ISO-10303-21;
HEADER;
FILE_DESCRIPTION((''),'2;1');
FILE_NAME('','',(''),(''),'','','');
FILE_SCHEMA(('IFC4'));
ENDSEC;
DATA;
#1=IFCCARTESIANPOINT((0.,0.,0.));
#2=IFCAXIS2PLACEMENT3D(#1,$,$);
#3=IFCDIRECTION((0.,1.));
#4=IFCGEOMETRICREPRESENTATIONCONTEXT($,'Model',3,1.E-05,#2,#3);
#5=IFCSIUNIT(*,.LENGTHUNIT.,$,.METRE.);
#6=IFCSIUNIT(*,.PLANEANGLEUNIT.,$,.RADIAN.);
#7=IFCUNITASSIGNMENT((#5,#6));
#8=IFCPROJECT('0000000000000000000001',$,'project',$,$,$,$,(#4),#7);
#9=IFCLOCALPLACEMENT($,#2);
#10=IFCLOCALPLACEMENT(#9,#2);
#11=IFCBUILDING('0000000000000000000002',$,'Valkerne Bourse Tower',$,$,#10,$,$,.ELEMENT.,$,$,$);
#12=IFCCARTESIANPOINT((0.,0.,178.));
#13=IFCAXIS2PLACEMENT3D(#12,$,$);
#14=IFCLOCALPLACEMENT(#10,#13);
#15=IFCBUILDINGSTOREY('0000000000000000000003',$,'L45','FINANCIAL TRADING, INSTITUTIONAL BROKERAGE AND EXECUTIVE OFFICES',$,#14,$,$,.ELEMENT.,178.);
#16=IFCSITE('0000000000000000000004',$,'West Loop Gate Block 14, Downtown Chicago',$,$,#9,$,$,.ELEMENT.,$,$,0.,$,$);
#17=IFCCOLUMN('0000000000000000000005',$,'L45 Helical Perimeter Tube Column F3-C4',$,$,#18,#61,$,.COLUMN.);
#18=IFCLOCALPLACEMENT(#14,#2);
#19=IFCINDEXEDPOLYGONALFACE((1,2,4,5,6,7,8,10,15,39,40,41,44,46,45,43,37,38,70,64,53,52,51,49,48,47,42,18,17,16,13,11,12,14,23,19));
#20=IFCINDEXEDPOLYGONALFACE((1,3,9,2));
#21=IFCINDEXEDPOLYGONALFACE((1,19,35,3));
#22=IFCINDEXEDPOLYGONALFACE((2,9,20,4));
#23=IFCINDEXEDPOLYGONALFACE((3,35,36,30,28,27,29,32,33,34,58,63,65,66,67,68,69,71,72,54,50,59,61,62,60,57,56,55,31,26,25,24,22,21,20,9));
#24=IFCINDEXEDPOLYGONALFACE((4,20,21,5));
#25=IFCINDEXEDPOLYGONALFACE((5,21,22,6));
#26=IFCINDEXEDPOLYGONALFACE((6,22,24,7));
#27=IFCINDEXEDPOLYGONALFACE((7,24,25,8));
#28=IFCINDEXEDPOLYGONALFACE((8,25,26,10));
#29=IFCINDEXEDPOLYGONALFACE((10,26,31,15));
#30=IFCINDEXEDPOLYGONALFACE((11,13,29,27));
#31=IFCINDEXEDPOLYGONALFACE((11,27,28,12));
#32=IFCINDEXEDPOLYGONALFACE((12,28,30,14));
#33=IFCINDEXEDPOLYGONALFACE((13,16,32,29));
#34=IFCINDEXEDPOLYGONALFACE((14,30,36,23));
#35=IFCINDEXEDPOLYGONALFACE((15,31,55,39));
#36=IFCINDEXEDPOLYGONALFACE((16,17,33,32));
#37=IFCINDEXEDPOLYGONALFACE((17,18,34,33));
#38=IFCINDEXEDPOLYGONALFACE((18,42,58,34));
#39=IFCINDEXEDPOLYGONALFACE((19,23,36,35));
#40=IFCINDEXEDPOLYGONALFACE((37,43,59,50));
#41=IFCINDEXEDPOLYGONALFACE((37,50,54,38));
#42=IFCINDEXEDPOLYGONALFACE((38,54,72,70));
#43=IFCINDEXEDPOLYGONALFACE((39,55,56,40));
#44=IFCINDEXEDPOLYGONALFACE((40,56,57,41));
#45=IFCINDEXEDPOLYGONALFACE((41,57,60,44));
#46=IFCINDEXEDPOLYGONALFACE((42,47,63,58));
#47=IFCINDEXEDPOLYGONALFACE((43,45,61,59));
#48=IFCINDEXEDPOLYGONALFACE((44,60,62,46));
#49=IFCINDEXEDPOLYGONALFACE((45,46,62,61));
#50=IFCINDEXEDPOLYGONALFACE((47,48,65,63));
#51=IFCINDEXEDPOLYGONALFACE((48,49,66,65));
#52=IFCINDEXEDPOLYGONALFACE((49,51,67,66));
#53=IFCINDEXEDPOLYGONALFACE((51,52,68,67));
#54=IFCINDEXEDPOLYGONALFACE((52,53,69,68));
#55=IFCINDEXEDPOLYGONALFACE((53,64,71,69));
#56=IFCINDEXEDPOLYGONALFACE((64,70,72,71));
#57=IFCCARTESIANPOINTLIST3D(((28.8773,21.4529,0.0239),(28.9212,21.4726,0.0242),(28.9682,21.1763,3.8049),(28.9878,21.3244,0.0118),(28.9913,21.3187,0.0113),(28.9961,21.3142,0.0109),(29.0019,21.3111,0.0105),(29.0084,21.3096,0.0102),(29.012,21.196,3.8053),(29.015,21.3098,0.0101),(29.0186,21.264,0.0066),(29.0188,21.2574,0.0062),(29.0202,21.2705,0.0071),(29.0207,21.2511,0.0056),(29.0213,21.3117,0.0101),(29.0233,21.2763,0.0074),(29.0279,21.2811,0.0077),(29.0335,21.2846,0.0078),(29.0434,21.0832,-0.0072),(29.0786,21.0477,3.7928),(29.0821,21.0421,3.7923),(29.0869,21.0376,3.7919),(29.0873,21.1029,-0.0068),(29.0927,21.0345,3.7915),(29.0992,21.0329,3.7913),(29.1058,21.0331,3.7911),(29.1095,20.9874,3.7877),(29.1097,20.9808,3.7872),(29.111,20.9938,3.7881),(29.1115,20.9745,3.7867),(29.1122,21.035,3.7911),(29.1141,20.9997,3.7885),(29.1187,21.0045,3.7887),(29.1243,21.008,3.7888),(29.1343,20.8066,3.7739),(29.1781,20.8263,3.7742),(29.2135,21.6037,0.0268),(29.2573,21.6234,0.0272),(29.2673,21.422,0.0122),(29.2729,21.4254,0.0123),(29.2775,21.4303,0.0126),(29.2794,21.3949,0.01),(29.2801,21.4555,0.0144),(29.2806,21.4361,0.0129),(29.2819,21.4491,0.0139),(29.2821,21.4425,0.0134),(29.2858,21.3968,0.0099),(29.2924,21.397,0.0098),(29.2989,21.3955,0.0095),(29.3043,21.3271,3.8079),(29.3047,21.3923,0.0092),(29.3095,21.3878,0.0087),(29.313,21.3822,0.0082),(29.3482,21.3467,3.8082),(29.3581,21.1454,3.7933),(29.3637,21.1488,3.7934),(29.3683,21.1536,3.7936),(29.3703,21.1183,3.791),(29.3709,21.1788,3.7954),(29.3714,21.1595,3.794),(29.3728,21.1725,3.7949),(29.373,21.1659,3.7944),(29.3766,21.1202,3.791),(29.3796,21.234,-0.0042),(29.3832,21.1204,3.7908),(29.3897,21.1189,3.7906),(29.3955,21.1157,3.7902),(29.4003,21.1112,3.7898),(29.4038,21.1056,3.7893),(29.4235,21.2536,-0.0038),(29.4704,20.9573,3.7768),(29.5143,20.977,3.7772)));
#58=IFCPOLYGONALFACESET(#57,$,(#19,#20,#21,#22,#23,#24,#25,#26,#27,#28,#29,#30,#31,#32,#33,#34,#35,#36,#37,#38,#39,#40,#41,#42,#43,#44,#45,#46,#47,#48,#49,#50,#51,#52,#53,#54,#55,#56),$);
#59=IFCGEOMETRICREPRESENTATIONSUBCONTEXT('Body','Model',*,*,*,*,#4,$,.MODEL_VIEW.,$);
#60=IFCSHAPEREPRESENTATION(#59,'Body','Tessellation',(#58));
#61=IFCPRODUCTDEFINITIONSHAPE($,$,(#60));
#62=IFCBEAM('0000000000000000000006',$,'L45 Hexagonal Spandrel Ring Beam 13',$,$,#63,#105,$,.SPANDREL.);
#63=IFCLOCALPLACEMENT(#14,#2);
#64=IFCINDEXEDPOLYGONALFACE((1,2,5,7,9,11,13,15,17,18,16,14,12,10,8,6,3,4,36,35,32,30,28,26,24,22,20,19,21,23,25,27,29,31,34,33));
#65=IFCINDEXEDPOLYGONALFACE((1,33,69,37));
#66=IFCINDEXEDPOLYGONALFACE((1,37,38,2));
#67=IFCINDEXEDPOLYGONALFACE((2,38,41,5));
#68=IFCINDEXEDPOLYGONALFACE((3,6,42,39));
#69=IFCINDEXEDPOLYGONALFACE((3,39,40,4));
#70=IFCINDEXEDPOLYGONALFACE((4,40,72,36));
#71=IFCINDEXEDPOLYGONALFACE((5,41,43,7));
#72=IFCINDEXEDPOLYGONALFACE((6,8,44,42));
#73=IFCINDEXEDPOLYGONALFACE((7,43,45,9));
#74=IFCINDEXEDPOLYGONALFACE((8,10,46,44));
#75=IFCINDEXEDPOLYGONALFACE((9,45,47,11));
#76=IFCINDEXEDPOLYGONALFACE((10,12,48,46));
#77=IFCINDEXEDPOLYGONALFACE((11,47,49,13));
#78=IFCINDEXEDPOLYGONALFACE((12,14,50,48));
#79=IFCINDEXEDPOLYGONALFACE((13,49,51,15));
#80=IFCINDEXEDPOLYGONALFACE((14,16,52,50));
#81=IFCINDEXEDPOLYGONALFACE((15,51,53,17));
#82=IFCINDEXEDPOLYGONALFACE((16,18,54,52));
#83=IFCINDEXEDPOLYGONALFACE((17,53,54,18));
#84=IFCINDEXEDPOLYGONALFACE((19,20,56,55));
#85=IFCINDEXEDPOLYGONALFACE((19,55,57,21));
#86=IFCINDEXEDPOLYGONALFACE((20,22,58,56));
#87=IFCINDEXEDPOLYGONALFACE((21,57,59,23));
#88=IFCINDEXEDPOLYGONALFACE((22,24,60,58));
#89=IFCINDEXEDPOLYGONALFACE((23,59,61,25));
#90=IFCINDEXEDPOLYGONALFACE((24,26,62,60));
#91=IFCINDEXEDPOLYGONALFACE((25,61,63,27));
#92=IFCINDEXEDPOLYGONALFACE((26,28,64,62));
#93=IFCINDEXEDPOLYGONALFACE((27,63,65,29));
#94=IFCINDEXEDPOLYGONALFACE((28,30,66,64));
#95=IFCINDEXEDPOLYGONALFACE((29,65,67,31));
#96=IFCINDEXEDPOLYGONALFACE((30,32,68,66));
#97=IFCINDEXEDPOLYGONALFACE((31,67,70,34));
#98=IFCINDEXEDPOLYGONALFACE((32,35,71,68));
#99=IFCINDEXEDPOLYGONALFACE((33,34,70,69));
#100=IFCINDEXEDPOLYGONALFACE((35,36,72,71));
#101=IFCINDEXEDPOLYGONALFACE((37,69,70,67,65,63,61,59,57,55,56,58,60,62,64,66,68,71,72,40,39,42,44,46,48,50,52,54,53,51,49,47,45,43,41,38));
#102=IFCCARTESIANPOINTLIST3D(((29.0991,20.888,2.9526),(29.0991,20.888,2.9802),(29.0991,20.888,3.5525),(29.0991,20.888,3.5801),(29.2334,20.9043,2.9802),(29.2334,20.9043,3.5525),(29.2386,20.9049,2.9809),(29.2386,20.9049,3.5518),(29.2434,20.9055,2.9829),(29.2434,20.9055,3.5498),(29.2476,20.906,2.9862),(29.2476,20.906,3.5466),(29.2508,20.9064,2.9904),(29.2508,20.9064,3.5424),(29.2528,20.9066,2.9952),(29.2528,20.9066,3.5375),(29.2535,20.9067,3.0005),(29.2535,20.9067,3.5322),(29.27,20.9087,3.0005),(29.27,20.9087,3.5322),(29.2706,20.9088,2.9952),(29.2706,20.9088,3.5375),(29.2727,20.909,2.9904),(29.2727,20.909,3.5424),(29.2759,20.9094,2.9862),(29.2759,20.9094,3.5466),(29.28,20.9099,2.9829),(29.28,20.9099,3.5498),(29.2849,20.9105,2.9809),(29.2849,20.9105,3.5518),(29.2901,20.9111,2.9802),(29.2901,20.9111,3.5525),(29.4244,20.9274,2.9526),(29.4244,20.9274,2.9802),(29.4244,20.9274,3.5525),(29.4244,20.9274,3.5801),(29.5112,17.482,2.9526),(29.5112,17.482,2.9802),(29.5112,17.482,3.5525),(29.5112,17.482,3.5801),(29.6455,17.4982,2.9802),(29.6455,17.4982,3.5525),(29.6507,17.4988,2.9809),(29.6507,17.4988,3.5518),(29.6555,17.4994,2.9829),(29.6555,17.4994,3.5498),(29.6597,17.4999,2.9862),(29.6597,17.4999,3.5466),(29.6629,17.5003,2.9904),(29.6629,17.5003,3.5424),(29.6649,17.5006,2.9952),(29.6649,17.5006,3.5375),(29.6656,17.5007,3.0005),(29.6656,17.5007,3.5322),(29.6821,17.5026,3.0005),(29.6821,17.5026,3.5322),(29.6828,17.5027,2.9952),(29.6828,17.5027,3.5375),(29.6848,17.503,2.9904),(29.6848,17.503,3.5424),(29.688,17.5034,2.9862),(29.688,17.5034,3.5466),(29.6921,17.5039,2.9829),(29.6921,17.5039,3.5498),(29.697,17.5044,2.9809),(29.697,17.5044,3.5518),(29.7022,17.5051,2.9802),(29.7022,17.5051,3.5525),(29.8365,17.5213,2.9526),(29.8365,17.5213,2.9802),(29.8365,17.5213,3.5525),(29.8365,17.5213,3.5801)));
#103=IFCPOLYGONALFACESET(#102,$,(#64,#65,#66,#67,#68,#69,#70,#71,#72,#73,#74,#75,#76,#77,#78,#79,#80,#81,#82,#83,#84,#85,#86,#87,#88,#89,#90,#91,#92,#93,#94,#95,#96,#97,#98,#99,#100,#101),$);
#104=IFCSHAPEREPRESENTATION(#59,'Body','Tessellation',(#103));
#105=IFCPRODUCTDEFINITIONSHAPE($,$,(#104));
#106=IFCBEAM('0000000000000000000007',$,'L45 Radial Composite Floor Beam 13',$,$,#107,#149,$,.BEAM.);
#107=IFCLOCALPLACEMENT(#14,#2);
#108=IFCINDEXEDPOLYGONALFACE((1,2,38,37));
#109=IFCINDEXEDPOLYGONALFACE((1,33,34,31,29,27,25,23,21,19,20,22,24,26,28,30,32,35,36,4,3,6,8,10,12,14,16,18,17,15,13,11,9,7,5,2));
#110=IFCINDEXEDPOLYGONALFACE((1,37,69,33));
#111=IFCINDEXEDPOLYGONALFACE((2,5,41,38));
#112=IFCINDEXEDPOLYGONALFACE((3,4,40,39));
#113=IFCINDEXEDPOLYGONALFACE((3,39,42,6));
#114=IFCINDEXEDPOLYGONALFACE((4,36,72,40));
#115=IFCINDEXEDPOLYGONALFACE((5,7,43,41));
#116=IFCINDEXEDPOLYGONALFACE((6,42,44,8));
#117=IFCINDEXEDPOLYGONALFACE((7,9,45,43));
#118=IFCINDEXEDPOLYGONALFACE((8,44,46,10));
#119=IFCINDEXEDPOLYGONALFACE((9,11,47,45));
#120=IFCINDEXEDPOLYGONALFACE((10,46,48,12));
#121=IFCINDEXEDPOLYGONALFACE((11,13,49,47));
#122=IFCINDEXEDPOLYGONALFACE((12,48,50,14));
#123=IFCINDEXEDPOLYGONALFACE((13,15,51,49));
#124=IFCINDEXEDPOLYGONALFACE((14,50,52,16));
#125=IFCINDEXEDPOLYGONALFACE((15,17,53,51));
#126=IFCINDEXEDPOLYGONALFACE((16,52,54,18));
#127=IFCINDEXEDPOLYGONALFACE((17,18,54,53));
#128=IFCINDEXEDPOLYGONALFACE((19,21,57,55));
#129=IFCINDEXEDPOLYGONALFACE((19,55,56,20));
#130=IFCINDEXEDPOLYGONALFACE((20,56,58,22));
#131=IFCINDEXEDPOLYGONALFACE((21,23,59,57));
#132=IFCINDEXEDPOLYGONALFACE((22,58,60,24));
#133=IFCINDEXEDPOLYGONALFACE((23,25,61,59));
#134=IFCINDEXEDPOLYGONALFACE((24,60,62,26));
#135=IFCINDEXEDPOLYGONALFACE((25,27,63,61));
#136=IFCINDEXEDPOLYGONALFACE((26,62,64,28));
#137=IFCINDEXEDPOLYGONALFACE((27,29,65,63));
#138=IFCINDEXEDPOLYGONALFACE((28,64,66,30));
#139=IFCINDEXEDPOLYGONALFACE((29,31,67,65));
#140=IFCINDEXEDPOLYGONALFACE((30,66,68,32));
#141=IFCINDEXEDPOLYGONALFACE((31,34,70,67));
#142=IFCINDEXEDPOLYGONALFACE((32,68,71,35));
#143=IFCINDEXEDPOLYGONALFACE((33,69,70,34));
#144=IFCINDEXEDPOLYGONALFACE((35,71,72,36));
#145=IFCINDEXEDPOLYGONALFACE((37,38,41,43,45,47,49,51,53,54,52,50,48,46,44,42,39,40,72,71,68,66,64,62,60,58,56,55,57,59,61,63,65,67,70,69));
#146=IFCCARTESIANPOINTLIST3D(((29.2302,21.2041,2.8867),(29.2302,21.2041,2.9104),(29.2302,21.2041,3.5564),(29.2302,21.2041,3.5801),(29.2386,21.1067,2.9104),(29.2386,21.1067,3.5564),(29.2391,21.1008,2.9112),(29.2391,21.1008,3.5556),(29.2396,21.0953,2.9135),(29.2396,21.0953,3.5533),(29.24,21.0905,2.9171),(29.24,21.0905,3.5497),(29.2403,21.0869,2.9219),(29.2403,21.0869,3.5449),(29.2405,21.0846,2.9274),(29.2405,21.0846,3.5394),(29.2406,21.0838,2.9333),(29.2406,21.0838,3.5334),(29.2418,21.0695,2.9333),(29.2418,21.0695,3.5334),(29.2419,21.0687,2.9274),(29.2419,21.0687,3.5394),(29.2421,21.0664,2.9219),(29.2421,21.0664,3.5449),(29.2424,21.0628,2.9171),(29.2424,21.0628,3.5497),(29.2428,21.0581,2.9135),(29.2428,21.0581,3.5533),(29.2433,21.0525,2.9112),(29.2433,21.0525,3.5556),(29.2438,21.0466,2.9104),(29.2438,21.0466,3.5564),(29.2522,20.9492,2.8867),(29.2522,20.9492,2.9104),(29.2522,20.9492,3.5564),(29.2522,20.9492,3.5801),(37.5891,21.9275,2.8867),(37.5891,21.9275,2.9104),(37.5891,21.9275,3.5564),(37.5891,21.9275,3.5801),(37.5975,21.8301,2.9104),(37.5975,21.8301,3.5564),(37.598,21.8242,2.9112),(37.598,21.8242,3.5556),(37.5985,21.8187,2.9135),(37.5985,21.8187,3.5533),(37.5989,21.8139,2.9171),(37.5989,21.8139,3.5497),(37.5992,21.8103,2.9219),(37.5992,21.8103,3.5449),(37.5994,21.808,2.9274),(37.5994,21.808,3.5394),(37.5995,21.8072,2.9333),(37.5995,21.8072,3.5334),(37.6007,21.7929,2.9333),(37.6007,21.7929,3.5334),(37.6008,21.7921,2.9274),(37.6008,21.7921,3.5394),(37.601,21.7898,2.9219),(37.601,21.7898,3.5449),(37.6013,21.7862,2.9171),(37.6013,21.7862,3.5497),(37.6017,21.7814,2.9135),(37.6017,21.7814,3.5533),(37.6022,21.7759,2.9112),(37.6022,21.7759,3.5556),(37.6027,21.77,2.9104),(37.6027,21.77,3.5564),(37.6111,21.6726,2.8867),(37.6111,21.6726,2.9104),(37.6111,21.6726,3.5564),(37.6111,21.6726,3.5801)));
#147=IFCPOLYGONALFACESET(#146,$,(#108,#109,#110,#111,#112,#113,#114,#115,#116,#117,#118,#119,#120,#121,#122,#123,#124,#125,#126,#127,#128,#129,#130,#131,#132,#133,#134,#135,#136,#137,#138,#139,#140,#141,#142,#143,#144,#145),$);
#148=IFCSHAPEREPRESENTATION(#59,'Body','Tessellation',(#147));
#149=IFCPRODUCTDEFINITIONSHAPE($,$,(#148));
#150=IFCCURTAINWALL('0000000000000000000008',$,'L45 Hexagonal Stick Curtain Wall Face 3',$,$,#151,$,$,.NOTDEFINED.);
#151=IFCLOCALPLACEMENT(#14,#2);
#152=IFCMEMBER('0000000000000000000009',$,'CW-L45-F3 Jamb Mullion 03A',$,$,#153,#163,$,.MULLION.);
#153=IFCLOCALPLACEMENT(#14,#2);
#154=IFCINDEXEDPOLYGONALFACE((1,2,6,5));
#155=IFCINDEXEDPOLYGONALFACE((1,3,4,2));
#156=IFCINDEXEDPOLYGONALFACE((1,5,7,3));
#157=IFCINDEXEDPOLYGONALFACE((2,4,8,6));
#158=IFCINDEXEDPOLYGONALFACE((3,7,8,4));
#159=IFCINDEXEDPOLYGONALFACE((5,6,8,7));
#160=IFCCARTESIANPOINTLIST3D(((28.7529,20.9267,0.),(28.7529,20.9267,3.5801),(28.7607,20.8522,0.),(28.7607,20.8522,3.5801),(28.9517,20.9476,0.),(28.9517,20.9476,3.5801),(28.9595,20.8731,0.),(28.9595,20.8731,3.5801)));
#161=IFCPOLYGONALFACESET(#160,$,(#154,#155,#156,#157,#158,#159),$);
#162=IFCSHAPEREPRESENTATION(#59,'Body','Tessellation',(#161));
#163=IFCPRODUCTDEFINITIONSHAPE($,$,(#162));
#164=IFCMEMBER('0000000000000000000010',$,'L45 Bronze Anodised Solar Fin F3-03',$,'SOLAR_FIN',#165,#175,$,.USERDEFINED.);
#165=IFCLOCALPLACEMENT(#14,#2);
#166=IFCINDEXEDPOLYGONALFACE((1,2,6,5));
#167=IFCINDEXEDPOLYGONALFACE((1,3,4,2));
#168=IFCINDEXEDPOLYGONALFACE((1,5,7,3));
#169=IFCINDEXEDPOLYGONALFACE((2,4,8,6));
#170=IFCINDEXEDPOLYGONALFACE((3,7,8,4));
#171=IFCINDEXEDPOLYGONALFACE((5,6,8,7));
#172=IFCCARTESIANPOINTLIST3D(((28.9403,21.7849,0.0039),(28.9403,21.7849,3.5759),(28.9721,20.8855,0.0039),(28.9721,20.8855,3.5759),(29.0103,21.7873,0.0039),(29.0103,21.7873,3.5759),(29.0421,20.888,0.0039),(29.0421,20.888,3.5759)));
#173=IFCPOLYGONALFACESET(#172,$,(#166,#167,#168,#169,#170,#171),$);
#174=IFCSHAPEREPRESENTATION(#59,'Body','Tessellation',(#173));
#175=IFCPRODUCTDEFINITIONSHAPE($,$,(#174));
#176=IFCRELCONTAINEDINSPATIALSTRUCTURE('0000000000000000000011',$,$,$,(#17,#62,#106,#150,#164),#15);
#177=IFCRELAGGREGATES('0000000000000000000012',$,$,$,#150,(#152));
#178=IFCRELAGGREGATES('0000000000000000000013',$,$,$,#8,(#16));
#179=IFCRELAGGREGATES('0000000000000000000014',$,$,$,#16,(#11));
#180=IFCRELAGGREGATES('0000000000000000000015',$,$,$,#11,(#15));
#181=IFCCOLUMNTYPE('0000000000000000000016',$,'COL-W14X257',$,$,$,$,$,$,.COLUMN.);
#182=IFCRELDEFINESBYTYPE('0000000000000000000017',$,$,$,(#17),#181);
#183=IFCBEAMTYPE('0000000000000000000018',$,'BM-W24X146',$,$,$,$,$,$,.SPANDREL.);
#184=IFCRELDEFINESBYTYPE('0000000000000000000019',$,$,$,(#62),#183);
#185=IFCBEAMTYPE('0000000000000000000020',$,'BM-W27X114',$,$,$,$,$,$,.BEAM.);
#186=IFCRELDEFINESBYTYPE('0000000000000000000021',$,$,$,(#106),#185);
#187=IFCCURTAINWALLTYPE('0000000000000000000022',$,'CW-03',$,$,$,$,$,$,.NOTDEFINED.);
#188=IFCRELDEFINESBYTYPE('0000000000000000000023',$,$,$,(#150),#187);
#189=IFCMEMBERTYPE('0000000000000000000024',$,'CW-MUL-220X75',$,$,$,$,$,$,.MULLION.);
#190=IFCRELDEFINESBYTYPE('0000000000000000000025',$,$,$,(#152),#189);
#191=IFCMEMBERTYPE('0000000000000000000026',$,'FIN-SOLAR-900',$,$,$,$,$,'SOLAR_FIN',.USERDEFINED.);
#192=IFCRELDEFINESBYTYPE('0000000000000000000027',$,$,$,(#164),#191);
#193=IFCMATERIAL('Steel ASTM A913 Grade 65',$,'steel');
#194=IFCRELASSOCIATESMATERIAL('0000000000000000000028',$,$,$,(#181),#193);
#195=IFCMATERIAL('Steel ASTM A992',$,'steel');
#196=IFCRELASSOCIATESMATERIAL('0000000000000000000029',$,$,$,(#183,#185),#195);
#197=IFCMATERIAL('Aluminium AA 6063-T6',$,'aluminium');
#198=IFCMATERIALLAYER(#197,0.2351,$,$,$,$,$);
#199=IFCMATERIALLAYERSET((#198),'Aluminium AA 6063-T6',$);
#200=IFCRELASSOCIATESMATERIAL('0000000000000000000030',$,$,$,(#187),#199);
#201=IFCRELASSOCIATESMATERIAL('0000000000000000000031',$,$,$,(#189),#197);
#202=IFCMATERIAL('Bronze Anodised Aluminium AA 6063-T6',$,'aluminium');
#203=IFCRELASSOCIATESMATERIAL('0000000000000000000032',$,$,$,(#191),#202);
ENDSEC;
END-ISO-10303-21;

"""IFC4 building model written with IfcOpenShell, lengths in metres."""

from ifc_helpers import new_model, si_unit, direction, frame, origin, origin_2d, place, context, subcontext, project, spatial, rectangle, i_section, extrude, material, layer, layer_set, material_profile, profile_set, type_object, element, aggregate, save


model = new_model("IFC4")

# Units and contexts
model_context = context("Model", 3, precision=1e-05, world=origin(), true_north=direction((0.0, 1.0)))
body_context = subcontext(model_context, "Body", "Model", "MODEL_VIEW")
ifc_project = project(units=[si_unit("LENGTHUNIT", "METRE"), si_unit("PLANEANGLEUNIT", "RADIAN")], contexts=[model_context])

# Site, building, storey
site_placement = place(None, origin())
site = spatial("IfcSite", under=ifc_project, at=site_placement, Name="West Loop Gate Block 14, Downtown Chicago", CompositionType="ELEMENT", RefElevation=0.0)
building_placement = place(site_placement, origin())
building = spatial("IfcBuilding", under=site, at=building_placement, Name="Valkerne Bourse Tower", CompositionType="ELEMENT")
storey_placement = place(building_placement, frame((0.0, 0.0, 178.0)))
storey = spatial("IfcBuildingStorey", under=building, at=storey_placement, Name="L45", Description="FINANCIAL TRADING, INSTITUTIONAL BROKERAGE AND EXECUTIVE OFFICES", CompositionType="ELEMENT", Elevation=178.0)

# Column
ifc_material_1 = material(Name="Steel ASTM A913 Grade 65", Category="steel")
ifc_material_profile_1 = material_profile(ifc_material_1, i_section(OverallWidth=0.4065, OverallDepth=0.4165, WebThickness=0.0298, FlangeThickness=0.0481, FilletRadius=0.0254, at=origin_2d()), Name="W14X257")
ifc_profile_set_1 = profile_set([ifc_material_profile_1], Name="Steel ASTM A913 Grade 65")
column_type = type_object("IfcColumnType", Name="COL-W14X257", PredefinedType="COLUMN", material=ifc_profile_set_1)
column_placement = place(storey_placement, frame((29.1504, 21.3533, 0.01), z_axis=(0.023949, -0.072942, 0.997049), x_axis=(0.408636, -0.909498, -0.076353)))
element("IfcColumn", 1, at=column_placement, inside=storey, type_object=column_type, Name="L45 Helical Perimeter Tube Column F3-C4", PredefinedType="COLUMN", context=body_context, shape_type="SweptSolid", body=[
    extrude(i_section(OverallWidth=0.4065, OverallDepth=0.4165, WebThickness=0.0298, FlangeThickness=0.0481, FilletRadius=0.0254, at=origin_2d()), origin(), (0.0, 0.0, 1.0), 3.7922),
])

# Beams
ifc_material_2 = material(Name="Steel ASTM A992", Category="steel")
ifc_material_profile_2 = material_profile(ifc_material_2, i_section(OverallWidth=0.3276, OverallDepth=0.6274, WebThickness=0.0166, FlangeThickness=0.0276, FilletRadius=0.0203, at=origin_2d()), Name="W24X146")
ifc_profile_set_2 = profile_set([ifc_material_profile_2], Name="Steel ASTM A992")
beam_type_1 = type_object("IfcBeamType", Name="BM-W24X146", PredefinedType="SPANDREL", material=ifc_profile_set_2)
beam_1_placement = place(storey_placement, frame((29.2617, 20.9077, 3.2664), z_axis=(0.120119, -0.99276, 0.0), x_axis=(0.99276, 0.120119, 0.0)))
element("IfcBeam", 2, at=beam_1_placement, inside=storey, type_object=beam_type_1, Name="L45 Hexagonal Spandrel Ring Beam 13", PredefinedType="SPANDREL", context=body_context, shape_type="SweptSolid", body=[
    extrude(i_section(OverallWidth=0.3276, OverallDepth=0.6274, WebThickness=0.0166, FlangeThickness=0.0276, FilletRadius=0.0203, at=origin_2d()), origin(), (0.0, 0.0, 1.0), 3.4309),
])
ifc_material_profile_3 = material_profile(ifc_material_2, i_section(OverallWidth=0.2559, OverallDepth=0.6934, WebThickness=0.0144, FlangeThickness=0.0237, FilletRadius=0.0229, at=origin_2d()), Name="W27X114")
ifc_profile_set_3 = profile_set([ifc_material_profile_3], Name="Steel ASTM A992")
beam_type_2 = type_object("IfcBeamType", Name="BM-W27X114", PredefinedType="BEAM", material=ifc_profile_set_3)
beam_2_placement = place(storey_placement, frame((29.2412, 21.0767, 3.2334), z_axis=(0.996276, 0.086219, 0.0), x_axis=(-0.086219, 0.996276, 0.0)))
element("IfcBeam", 3, at=beam_2_placement, inside=storey, type_object=beam_type_2, Name="L45 Radial Composite Floor Beam 13", PredefinedType="BEAM", context=body_context, shape_type="SweptSolid", body=[
    extrude(i_section(OverallWidth=0.2559, OverallDepth=0.6934, WebThickness=0.0144, FlangeThickness=0.0237, FilletRadius=0.0229, at=origin_2d()), origin(), (0.0, 0.0, 1.0), 8.3901),
])

# Curtain wall, member
ifc_material_3 = material(Name="Aluminium AA 6063-T6", Category="aluminium")
ifc_layer_1 = layer(ifc_material_3, 0.2351)
ifc_layer_set_1 = layer_set([ifc_layer_1], Name="Aluminium AA 6063-T6")
curtain_wall_type = type_object("IfcCurtainWallType", Name="CW-03", PredefinedType="NOTDEFINED", material=ifc_layer_set_1)
curtain_wall_placement = place(storey_placement, origin())
curtain_wall = element("IfcCurtainWall", 4, at=curtain_wall_placement, inside=storey, type_object=curtain_wall_type, Name="L45 Hexagonal Stick Curtain Wall Face 3", PredefinedType="NOTDEFINED")
ifc_material_profile_4 = material_profile(ifc_material_3, rectangle(XDim=0.075, YDim=0.2, at=origin_2d()), Name="CWM-75X200")
ifc_profile_set_4 = profile_set([ifc_material_profile_4], Name="Aluminium AA 6063-T6")
member_type_1 = type_object("IfcMemberType", Name="CW-MUL-220X75", PredefinedType="MULLION", material=ifc_profile_set_4)
member_1_placement = place(storey_placement, frame((28.8562, 20.8999, 0.0), z_axis=(0.0, 0.0, 1.0), x_axis=(0.104533, -0.994521, 0.0)))
member_1 = element("IfcMember", 5, at=member_1_placement, type_object=member_type_1, Name="CW-L45-F3 Jamb Mullion 03A", PredefinedType="MULLION", context=body_context, shape_type="SweptSolid", body=[
    extrude(rectangle(XDim=0.075, YDim=0.2, at=origin_2d()), origin(), (0.0, 0.0, 1.0), 3.5801),
])

# Member
ifc_material_4 = material(Name="Bronze Anodised Aluminium AA 6063-T6", Category="aluminium")
ifc_material_profile_5 = material_profile(ifc_material_4, rectangle(XDim=0.0701, YDim=0.8999, at=origin_2d()), Name="FIN-70X900")
ifc_profile_set_5 = profile_set([ifc_material_profile_5], Name="Bronze Anodised Aluminium AA 6063-T6")
member_type_2 = type_object("IfcMemberType", Name="FIN-SOLAR-900", ElementType="SOLAR_FIN", PredefinedType="USERDEFINED", material=ifc_profile_set_5)
member_2_placement = place(storey_placement, frame((28.9912, 21.3364, 0.0039), z_axis=(0.0, 0.0, 1.0), x_axis=(-0.999376, -0.03532, 0.0)))
element("IfcMember", 6, at=member_2_placement, inside=storey, type_object=member_type_2, Name="L45 Bronze Anodised Solar Fin F3-03", ObjectType="SOLAR_FIN", PredefinedType="USERDEFINED", context=body_context, shape_type="SweptSolid", body=[
    extrude(rectangle(XDim=0.0701, YDim=0.8999, at=origin_2d()), origin(), (0.0, 0.0, 1.0), 3.572),
])

aggregate(curtain_wall, [member_1])

save(model, "model.ifc")
